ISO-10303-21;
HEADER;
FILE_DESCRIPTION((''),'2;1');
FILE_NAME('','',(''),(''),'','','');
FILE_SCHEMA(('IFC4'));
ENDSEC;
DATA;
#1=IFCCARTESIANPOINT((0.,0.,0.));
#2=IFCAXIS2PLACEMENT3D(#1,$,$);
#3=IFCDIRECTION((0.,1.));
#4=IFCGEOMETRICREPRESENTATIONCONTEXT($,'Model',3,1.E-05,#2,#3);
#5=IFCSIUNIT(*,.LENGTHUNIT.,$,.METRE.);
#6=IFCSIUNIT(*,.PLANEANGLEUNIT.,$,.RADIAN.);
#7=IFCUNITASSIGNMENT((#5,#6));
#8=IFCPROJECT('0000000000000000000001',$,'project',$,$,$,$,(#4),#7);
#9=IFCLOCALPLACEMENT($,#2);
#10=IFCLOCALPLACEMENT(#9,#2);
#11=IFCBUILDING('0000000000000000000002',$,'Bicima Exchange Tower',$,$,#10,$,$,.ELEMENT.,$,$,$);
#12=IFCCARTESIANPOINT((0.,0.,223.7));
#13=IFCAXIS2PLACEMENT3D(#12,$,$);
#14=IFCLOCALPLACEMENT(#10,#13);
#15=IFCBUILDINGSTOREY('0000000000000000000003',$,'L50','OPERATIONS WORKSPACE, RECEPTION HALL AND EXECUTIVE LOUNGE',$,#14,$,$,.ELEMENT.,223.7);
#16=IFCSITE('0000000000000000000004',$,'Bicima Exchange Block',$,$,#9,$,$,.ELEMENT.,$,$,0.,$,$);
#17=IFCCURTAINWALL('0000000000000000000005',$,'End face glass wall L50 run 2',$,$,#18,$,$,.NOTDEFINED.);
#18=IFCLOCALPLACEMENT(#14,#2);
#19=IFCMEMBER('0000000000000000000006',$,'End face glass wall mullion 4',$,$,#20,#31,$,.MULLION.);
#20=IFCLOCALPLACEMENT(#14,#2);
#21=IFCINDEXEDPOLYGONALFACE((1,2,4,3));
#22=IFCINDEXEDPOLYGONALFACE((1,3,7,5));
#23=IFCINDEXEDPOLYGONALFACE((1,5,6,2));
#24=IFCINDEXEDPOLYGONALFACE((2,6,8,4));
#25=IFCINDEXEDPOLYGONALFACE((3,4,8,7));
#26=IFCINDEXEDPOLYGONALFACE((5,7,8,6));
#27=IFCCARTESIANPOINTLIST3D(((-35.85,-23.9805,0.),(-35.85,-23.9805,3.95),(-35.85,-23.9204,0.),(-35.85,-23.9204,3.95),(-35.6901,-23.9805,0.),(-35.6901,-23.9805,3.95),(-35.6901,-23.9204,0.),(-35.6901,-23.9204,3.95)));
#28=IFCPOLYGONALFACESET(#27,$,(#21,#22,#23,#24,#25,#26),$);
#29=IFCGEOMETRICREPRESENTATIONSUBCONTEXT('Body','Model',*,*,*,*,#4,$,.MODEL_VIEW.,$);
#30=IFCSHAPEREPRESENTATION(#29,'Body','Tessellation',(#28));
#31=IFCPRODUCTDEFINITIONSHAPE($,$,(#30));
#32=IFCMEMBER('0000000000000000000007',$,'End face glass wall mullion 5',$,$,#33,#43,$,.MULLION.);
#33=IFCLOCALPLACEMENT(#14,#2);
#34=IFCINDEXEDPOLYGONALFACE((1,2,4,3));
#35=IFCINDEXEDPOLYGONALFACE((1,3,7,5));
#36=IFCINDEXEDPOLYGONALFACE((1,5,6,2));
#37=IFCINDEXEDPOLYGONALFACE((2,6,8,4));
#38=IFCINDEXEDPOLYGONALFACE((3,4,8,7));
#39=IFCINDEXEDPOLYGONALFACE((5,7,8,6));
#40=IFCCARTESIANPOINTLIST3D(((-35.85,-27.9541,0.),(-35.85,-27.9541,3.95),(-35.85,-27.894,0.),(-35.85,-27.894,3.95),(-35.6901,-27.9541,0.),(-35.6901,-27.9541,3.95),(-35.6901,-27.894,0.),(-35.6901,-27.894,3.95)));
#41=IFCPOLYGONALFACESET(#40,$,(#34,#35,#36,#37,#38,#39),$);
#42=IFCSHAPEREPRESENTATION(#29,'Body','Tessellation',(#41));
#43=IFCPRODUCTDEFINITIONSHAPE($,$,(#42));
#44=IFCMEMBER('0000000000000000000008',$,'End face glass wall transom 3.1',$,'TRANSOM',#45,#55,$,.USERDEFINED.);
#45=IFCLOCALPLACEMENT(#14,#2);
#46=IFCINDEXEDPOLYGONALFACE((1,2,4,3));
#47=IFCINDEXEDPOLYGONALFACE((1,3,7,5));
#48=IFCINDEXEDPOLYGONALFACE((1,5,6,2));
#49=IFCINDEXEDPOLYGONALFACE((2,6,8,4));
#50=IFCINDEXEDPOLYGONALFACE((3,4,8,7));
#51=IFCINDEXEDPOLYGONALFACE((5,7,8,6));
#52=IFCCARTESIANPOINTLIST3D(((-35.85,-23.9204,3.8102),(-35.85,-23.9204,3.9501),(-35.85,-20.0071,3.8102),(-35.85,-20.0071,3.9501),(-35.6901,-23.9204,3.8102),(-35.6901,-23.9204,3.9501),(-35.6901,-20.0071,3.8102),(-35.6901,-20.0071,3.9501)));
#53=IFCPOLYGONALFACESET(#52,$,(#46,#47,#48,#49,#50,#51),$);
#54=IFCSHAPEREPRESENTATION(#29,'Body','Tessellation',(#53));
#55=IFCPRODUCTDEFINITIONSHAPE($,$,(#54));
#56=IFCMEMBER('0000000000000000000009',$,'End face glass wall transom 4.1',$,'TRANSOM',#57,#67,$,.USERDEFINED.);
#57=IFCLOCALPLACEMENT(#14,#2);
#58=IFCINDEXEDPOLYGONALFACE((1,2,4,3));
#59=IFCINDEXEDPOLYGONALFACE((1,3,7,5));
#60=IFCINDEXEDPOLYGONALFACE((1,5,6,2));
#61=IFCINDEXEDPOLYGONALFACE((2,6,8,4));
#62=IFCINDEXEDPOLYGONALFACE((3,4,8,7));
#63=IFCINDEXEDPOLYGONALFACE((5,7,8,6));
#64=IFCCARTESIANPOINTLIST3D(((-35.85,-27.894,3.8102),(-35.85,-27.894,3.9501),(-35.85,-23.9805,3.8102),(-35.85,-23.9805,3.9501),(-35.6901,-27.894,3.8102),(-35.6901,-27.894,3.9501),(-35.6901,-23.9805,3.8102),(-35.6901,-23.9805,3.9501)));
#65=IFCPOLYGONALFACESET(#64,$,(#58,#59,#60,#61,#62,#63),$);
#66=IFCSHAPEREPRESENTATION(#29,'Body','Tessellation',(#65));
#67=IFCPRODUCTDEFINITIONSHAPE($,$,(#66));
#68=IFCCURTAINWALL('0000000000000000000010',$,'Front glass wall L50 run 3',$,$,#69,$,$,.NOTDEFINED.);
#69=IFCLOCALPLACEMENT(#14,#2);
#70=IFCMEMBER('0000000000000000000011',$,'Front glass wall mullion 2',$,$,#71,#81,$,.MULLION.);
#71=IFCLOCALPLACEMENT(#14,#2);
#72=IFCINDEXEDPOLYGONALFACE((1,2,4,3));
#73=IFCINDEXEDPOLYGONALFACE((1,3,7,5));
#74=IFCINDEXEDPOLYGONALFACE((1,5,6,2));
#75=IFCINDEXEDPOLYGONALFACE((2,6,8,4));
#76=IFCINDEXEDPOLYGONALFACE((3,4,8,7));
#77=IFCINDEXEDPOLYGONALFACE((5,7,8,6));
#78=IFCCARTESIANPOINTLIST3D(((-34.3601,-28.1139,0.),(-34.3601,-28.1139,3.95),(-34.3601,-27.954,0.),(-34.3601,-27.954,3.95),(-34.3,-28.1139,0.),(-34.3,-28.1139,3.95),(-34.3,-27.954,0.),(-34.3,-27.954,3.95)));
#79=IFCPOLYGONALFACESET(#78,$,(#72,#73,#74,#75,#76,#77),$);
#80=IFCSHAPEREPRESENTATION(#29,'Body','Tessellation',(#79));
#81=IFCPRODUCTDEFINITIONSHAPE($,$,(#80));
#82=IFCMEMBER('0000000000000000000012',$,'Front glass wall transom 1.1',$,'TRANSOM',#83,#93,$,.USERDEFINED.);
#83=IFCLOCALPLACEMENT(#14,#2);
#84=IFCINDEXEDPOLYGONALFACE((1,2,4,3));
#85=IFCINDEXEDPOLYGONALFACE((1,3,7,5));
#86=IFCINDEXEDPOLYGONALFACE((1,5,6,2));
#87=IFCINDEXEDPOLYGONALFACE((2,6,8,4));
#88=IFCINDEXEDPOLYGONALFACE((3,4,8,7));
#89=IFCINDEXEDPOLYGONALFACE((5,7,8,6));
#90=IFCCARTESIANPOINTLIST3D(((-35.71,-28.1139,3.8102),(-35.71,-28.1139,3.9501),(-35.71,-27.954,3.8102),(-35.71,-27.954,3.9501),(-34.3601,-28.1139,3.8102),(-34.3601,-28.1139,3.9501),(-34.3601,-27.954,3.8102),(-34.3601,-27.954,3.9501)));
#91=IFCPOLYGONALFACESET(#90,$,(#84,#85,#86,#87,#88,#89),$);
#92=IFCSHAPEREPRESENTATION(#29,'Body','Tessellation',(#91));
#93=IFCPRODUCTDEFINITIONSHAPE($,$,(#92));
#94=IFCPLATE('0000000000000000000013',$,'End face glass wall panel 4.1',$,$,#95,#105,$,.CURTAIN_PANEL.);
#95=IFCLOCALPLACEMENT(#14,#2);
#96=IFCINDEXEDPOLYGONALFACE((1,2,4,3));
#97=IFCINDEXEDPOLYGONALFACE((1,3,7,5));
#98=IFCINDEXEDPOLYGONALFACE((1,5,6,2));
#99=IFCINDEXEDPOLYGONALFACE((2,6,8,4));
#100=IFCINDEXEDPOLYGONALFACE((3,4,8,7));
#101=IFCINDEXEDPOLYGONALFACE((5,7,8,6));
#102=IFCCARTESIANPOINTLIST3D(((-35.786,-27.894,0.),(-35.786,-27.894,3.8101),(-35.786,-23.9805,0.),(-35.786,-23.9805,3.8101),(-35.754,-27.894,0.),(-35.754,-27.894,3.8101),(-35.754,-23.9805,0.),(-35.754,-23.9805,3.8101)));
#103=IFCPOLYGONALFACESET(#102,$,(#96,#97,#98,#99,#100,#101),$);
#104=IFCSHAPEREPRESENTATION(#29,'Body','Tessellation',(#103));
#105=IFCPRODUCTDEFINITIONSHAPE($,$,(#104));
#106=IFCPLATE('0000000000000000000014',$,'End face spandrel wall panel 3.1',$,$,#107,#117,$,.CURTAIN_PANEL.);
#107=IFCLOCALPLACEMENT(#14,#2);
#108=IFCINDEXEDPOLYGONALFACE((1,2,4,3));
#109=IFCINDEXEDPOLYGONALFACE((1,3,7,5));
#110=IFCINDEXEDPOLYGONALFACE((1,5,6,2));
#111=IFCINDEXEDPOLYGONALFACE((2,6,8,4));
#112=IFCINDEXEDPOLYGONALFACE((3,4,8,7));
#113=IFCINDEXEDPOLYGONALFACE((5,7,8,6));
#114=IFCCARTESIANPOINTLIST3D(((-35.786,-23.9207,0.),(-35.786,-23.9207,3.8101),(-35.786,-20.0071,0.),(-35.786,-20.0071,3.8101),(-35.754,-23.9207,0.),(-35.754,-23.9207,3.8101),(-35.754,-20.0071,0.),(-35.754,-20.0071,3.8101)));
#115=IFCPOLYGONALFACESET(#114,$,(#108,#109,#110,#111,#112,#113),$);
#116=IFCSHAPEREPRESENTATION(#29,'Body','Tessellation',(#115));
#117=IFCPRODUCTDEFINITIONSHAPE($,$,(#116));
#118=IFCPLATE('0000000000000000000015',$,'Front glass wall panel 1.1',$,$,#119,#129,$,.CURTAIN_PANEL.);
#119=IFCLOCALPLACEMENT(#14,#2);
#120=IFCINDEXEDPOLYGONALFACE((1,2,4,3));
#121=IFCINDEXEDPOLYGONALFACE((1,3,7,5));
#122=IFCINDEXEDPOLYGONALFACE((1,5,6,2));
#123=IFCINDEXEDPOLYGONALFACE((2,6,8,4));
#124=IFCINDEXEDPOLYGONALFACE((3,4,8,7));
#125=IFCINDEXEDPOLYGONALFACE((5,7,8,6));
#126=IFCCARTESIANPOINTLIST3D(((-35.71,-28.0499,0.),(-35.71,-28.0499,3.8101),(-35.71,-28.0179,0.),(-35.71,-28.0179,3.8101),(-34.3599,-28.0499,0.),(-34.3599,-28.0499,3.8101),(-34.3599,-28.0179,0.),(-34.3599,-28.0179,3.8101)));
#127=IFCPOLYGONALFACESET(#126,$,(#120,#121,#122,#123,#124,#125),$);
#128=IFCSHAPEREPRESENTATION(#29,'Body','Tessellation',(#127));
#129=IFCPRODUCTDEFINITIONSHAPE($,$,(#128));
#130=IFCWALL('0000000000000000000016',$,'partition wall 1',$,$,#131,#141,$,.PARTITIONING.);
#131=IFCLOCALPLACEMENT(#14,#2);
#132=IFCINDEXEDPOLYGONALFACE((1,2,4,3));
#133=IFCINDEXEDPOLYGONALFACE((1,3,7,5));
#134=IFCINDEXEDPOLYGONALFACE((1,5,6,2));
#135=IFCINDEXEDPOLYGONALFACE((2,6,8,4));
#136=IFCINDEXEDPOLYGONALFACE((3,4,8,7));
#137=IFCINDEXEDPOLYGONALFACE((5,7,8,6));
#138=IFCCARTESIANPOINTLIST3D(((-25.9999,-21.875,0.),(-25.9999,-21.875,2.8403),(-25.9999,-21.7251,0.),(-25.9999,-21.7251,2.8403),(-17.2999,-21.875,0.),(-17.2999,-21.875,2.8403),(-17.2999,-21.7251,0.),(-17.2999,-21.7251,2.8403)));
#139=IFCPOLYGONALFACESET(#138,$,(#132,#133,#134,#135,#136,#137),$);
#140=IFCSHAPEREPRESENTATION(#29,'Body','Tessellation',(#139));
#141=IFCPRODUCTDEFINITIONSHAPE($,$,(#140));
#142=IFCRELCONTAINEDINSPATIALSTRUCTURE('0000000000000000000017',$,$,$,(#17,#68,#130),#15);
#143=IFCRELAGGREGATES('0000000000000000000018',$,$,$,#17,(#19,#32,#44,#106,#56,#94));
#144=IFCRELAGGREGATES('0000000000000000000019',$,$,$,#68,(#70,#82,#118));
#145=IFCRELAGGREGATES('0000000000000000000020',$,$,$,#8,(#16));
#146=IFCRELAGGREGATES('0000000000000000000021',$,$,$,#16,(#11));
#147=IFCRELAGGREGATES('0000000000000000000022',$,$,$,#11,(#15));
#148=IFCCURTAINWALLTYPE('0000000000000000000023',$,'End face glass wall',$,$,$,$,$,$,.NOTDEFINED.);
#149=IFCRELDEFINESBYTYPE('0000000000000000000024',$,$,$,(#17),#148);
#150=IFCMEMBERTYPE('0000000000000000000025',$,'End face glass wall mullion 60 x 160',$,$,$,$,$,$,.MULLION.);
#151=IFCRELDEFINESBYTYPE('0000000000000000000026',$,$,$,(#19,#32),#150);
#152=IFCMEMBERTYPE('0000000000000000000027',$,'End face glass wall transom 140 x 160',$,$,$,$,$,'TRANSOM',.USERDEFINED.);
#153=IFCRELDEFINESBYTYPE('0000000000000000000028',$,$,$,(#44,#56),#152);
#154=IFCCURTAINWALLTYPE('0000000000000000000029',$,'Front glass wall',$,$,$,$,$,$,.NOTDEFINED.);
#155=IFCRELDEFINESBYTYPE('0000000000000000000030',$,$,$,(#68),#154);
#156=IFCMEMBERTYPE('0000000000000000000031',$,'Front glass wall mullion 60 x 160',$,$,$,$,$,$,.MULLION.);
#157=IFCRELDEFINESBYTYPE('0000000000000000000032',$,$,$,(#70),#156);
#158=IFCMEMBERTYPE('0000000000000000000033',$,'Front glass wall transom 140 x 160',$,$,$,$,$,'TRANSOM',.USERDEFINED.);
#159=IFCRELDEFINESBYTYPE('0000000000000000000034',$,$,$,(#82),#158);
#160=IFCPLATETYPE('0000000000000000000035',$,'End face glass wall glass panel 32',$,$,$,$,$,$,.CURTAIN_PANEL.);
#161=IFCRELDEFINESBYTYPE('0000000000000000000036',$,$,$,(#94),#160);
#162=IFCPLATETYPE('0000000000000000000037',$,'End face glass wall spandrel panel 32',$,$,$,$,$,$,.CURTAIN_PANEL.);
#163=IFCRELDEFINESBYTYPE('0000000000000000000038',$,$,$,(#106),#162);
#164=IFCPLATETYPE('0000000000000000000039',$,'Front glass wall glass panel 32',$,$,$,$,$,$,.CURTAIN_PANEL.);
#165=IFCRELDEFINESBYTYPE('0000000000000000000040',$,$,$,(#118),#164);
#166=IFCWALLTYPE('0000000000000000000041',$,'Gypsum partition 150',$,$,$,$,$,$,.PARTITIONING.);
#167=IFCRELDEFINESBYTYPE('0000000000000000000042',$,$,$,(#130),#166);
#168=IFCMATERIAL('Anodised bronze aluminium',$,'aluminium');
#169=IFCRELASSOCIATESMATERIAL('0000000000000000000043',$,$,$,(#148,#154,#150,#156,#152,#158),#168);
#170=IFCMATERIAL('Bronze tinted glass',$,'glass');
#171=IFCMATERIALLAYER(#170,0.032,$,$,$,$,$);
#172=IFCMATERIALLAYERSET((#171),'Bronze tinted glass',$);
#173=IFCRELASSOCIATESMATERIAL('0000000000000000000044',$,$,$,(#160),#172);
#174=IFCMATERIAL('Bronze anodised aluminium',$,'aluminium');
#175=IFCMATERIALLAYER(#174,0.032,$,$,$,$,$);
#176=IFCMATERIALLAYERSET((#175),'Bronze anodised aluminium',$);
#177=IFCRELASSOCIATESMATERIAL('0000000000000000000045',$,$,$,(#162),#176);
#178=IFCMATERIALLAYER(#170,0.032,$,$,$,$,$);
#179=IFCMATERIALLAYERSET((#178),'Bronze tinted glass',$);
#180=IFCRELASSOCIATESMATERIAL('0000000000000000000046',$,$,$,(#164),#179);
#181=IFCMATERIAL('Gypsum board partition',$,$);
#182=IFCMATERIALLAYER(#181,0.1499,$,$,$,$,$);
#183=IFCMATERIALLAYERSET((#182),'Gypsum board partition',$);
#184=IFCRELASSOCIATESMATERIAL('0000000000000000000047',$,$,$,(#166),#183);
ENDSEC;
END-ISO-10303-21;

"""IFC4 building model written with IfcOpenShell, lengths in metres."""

from ifc_helpers import new_model, si_unit, direction, frame, frame_2d, origin, origin_2d, place, context, subcontext, project, spatial, rectangle, extrude, material, layer, layer_set, material_profile, profile_set, type_object, element, aggregate, save


model = new_model("IFC4")

# Units and contexts
model_context = context("Model", 3, precision=1e-05, world=origin(), true_north=direction((0.0, 1.0)))
body_context = subcontext(model_context, "Body", "Model", "MODEL_VIEW")
ifc_project = project(units=[si_unit("LENGTHUNIT", "METRE"), si_unit("PLANEANGLEUNIT", "RADIAN")], contexts=[model_context])

# Site, building, storey
site_placement = place(None, origin())
site = spatial("IfcSite", under=ifc_project, at=site_placement, Name="Bicima Exchange Block", CompositionType="ELEMENT", RefElevation=0.0)
building_placement = place(site_placement, origin())
building = spatial("IfcBuilding", under=site, at=building_placement, Name="Bicima Exchange Tower", CompositionType="ELEMENT")
storey_placement = place(building_placement, frame((0.0, 0.0, 223.7)))
storey = spatial("IfcBuildingStorey", under=building, at=storey_placement, Name="L50", Description="OPERATIONS WORKSPACE, RECEPTION HALL AND EXECUTIVE LOUNGE", CompositionType="ELEMENT", Elevation=223.7)

# Curtain walls, members
ifc_material_1 = material(Name="Anodised bronze aluminium", Category="aluminium")
curtain_wall_type_1 = type_object("IfcCurtainWallType", Name="End face glass wall", PredefinedType="NOTDEFINED", material=ifc_material_1)
curtain_wall_1_placement = place(storey_placement, origin())
curtain_wall_1 = element("IfcCurtainWall", 1, at=curtain_wall_1_placement, inside=storey, type_object=curtain_wall_type_1, Name="End face glass wall L50 run 2", PredefinedType="NOTDEFINED")
ifc_material_profile_1 = material_profile(ifc_material_1, rectangle(XDim=0.1599, YDim=0.0601, at=origin_2d()))
ifc_profile_set_1 = profile_set([ifc_material_profile_1], Name="Anodised bronze aluminium")
member_type_1 = type_object("IfcMemberType", Name="End face glass wall mullion 60 x 160", PredefinedType="MULLION", material=ifc_profile_set_1)
member_1_placement = place(storey_placement, frame((-35.77, -23.9504, 0.0), z_axis=(0.0, 0.0, 1.0), x_axis=(1.0, 0.0, 0.0)))
member_1 = element("IfcMember", 2, at=member_1_placement, type_object=member_type_1, Name="End face glass wall mullion 4", PredefinedType="MULLION", context=body_context, shape_type="SweptSolid", body=[
    extrude(rectangle(XDim=0.1599, YDim=0.0601, at=origin_2d()), origin(), (0.0, 0.0, 1.0), 3.95),
])
member_2_placement = place(storey_placement, frame((-35.77, -27.9241, 0.0), z_axis=(0.0, 0.0, 1.0), x_axis=(1.0, 0.0, 0.0)))
member_2 = element("IfcMember", 3, at=member_2_placement, type_object=member_type_1, Name="End face glass wall mullion 5", PredefinedType="MULLION", context=body_context, shape_type="SweptSolid", body=[
    extrude(rectangle(XDim=0.1599, YDim=0.0601, at=origin_2d()), origin(), (0.0, 0.0, 1.0), 3.95),
])
ifc_material_profile_2 = material_profile(ifc_material_1, rectangle(XDim=0.1599, YDim=0.1399, at=origin_2d()))
ifc_profile_set_2 = profile_set([ifc_material_profile_2], Name="Anodised bronze aluminium")
member_type_2 = type_object("IfcMemberType", Name="End face glass wall transom 140 x 160", ElementType="TRANSOM", PredefinedType="USERDEFINED", material=ifc_profile_set_2)
member_3_placement = place(storey_placement, frame((-35.77, -20.0071, 3.8801), z_axis=(0.0, -1.0, 0.0), x_axis=(1.0, 0.0, 0.0)))
member_3 = element("IfcMember", 4, at=member_3_placement, type_object=member_type_2, Name="End face glass wall transom 3.1", ObjectType="TRANSOM", PredefinedType="USERDEFINED", context=body_context, shape_type="SweptSolid", body=[
    extrude(rectangle(XDim=0.1599, YDim=0.1399, at=origin_2d()), origin(), (0.0, 0.0, 1.0), 3.9133),
])
member_4_placement = place(storey_placement, frame((-35.77, -23.9805, 3.8801), z_axis=(0.0, -1.0, 0.0), x_axis=(1.0, 0.0, 0.0)))
member_4 = element("IfcMember", 5, at=member_4_placement, type_object=member_type_2, Name="End face glass wall transom 4.1", ObjectType="TRANSOM", PredefinedType="USERDEFINED", context=body_context, shape_type="SweptSolid", body=[
    extrude(rectangle(XDim=0.1599, YDim=0.1399, at=origin_2d()), origin(), (0.0, 0.0, 1.0), 3.9136),
])
curtain_wall_type_2 = type_object("IfcCurtainWallType", Name="Front glass wall", PredefinedType="NOTDEFINED", material=ifc_material_1)
curtain_wall_2_placement = place(storey_placement, origin())
curtain_wall_2 = element("IfcCurtainWall", 6, at=curtain_wall_2_placement, inside=storey, type_object=curtain_wall_type_2, Name="Front glass wall L50 run 3", PredefinedType="NOTDEFINED")
member_type_3 = type_object("IfcMemberType", Name="Front glass wall mullion 60 x 160", PredefinedType="MULLION", material=ifc_profile_set_1)
member_5_placement = place(storey_placement, frame((-34.3301, -28.0339, 0.0), z_axis=(0.0, 0.0, 1.0), x_axis=(0.0, 1.0, 0.0)))
member_5 = element("IfcMember", 7, at=member_5_placement, type_object=member_type_3, Name="Front glass wall mullion 2", PredefinedType="MULLION", context=body_context, shape_type="SweptSolid", body=[
    extrude(rectangle(XDim=0.1599, YDim=0.0601, at=origin_2d()), origin(), (0.0, 0.0, 1.0), 3.95),
])
member_type_4 = type_object("IfcMemberType", Name="Front glass wall transom 140 x 160", ElementType="TRANSOM", PredefinedType="USERDEFINED", material=ifc_profile_set_2)
member_6_placement = place(storey_placement, frame((-35.71, -28.0339, 3.8801), z_axis=(1.0, 0.0, 0.0), x_axis=(0.0, 1.0, 0.0)))
member_6 = element("IfcMember", 8, at=member_6_placement, type_object=member_type_4, Name="Front glass wall transom 1.1", ObjectType="TRANSOM", PredefinedType="USERDEFINED", context=body_context, shape_type="SweptSolid", body=[
    extrude(rectangle(XDim=0.1599, YDim=0.1399, at=origin_2d()), origin(), (0.0, 0.0, 1.0), 1.3499),
])

# Plates
ifc_material_2 = material(Name="Bronze tinted glass", Category="glass")
ifc_layer_1 = layer(ifc_material_2, 0.032)
ifc_layer_set_1 = layer_set([ifc_layer_1], Name="Bronze tinted glass")
plate_type_1 = type_object("IfcPlateType", Name="End face glass wall glass panel 32", PredefinedType="CURTAIN_PANEL", material=ifc_layer_set_1)
plate_1_placement = place(storey_placement, frame((-35.77, -25.9373, 0.0), z_axis=(0.0, 0.0, 1.0), x_axis=(0.0, -1.0, 0.0)))
plate_1 = element("IfcPlate", 9, at=plate_1_placement, type_object=plate_type_1, Name="End face glass wall panel 4.1", PredefinedType="CURTAIN_PANEL", context=body_context, shape_type="SweptSolid", body=[
    extrude(rectangle(XDim=3.9136, YDim=0.032, at=origin_2d()), origin(), (0.0, 0.0, 1.0), 3.8101),
])
ifc_material_3 = material(Name="Bronze anodised aluminium", Category="aluminium")
ifc_layer_2 = layer(ifc_material_3, 0.032)
ifc_layer_set_2 = layer_set([ifc_layer_2], Name="Bronze anodised aluminium")
plate_type_2 = type_object("IfcPlateType", Name="End face glass wall spandrel panel 32", PredefinedType="CURTAIN_PANEL", material=ifc_layer_set_2)
plate_2_placement = place(storey_placement, frame((-35.77, -21.9639, 0.0), z_axis=(0.0, 0.0, 1.0), x_axis=(0.0, -1.0, 0.0)))
plate_2 = element("IfcPlate", 10, at=plate_2_placement, type_object=plate_type_2, Name="End face spandrel wall panel 3.1", PredefinedType="CURTAIN_PANEL", context=body_context, shape_type="SweptSolid", body=[
    extrude(rectangle(XDim=3.9136, YDim=0.032, at=origin_2d()), origin(), (0.0, 0.0, 1.0), 3.8101),
])
aggregate(curtain_wall_1, [member_1, member_2, member_3, plate_2, member_4, plate_1])
ifc_layer_3 = layer(ifc_material_2, 0.032)
ifc_layer_set_3 = layer_set([ifc_layer_3], Name="Bronze tinted glass")
plate_type_3 = type_object("IfcPlateType", Name="Front glass wall glass panel 32", PredefinedType="CURTAIN_PANEL", material=ifc_layer_set_3)
plate_3_placement = place(storey_placement, frame((-35.0349, -28.0339, 0.0), z_axis=(0.0, 0.0, 1.0), x_axis=(1.0, 0.0, 0.0)))
plate_3 = element("IfcPlate", 11, at=plate_3_placement, type_object=plate_type_3, Name="Front glass wall panel 1.1", PredefinedType="CURTAIN_PANEL", context=body_context, shape_type="SweptSolid", body=[
    extrude(rectangle(XDim=1.3501, YDim=0.032, at=origin_2d()), origin(), (0.0, 0.0, 1.0), 3.8101),
])
aggregate(curtain_wall_2, [member_5, member_6, plate_3])

# Wall
ifc_material_4 = material(Name="Gypsum board partition")
ifc_layer_4 = layer(ifc_material_4, 0.1499)
ifc_layer_set_4 = layer_set([ifc_layer_4], Name="Gypsum board partition")
wall_type = type_object("IfcWallType", Name="Gypsum partition 150", PredefinedType="PARTITIONING", material=ifc_layer_set_4)
wall_placement = place(storey_placement, frame((-26.0, -21.8, 0.0), z_axis=(0.0, 0.0, 1.0), x_axis=(1.0, 0.0, 0.0)))
element("IfcWall", 12, at=wall_placement, inside=storey, type_object=wall_type, Name="partition wall 1", PredefinedType="PARTITIONING", context=body_context, shape_type="SweptSolid", body=[
    extrude(rectangle(XDim=8.7, YDim=0.1499, at=frame_2d((4.3501, 0.0))), origin(), (0.0, 0.0, 1.0), 2.8403),
])

save(model, "model.ifc")
